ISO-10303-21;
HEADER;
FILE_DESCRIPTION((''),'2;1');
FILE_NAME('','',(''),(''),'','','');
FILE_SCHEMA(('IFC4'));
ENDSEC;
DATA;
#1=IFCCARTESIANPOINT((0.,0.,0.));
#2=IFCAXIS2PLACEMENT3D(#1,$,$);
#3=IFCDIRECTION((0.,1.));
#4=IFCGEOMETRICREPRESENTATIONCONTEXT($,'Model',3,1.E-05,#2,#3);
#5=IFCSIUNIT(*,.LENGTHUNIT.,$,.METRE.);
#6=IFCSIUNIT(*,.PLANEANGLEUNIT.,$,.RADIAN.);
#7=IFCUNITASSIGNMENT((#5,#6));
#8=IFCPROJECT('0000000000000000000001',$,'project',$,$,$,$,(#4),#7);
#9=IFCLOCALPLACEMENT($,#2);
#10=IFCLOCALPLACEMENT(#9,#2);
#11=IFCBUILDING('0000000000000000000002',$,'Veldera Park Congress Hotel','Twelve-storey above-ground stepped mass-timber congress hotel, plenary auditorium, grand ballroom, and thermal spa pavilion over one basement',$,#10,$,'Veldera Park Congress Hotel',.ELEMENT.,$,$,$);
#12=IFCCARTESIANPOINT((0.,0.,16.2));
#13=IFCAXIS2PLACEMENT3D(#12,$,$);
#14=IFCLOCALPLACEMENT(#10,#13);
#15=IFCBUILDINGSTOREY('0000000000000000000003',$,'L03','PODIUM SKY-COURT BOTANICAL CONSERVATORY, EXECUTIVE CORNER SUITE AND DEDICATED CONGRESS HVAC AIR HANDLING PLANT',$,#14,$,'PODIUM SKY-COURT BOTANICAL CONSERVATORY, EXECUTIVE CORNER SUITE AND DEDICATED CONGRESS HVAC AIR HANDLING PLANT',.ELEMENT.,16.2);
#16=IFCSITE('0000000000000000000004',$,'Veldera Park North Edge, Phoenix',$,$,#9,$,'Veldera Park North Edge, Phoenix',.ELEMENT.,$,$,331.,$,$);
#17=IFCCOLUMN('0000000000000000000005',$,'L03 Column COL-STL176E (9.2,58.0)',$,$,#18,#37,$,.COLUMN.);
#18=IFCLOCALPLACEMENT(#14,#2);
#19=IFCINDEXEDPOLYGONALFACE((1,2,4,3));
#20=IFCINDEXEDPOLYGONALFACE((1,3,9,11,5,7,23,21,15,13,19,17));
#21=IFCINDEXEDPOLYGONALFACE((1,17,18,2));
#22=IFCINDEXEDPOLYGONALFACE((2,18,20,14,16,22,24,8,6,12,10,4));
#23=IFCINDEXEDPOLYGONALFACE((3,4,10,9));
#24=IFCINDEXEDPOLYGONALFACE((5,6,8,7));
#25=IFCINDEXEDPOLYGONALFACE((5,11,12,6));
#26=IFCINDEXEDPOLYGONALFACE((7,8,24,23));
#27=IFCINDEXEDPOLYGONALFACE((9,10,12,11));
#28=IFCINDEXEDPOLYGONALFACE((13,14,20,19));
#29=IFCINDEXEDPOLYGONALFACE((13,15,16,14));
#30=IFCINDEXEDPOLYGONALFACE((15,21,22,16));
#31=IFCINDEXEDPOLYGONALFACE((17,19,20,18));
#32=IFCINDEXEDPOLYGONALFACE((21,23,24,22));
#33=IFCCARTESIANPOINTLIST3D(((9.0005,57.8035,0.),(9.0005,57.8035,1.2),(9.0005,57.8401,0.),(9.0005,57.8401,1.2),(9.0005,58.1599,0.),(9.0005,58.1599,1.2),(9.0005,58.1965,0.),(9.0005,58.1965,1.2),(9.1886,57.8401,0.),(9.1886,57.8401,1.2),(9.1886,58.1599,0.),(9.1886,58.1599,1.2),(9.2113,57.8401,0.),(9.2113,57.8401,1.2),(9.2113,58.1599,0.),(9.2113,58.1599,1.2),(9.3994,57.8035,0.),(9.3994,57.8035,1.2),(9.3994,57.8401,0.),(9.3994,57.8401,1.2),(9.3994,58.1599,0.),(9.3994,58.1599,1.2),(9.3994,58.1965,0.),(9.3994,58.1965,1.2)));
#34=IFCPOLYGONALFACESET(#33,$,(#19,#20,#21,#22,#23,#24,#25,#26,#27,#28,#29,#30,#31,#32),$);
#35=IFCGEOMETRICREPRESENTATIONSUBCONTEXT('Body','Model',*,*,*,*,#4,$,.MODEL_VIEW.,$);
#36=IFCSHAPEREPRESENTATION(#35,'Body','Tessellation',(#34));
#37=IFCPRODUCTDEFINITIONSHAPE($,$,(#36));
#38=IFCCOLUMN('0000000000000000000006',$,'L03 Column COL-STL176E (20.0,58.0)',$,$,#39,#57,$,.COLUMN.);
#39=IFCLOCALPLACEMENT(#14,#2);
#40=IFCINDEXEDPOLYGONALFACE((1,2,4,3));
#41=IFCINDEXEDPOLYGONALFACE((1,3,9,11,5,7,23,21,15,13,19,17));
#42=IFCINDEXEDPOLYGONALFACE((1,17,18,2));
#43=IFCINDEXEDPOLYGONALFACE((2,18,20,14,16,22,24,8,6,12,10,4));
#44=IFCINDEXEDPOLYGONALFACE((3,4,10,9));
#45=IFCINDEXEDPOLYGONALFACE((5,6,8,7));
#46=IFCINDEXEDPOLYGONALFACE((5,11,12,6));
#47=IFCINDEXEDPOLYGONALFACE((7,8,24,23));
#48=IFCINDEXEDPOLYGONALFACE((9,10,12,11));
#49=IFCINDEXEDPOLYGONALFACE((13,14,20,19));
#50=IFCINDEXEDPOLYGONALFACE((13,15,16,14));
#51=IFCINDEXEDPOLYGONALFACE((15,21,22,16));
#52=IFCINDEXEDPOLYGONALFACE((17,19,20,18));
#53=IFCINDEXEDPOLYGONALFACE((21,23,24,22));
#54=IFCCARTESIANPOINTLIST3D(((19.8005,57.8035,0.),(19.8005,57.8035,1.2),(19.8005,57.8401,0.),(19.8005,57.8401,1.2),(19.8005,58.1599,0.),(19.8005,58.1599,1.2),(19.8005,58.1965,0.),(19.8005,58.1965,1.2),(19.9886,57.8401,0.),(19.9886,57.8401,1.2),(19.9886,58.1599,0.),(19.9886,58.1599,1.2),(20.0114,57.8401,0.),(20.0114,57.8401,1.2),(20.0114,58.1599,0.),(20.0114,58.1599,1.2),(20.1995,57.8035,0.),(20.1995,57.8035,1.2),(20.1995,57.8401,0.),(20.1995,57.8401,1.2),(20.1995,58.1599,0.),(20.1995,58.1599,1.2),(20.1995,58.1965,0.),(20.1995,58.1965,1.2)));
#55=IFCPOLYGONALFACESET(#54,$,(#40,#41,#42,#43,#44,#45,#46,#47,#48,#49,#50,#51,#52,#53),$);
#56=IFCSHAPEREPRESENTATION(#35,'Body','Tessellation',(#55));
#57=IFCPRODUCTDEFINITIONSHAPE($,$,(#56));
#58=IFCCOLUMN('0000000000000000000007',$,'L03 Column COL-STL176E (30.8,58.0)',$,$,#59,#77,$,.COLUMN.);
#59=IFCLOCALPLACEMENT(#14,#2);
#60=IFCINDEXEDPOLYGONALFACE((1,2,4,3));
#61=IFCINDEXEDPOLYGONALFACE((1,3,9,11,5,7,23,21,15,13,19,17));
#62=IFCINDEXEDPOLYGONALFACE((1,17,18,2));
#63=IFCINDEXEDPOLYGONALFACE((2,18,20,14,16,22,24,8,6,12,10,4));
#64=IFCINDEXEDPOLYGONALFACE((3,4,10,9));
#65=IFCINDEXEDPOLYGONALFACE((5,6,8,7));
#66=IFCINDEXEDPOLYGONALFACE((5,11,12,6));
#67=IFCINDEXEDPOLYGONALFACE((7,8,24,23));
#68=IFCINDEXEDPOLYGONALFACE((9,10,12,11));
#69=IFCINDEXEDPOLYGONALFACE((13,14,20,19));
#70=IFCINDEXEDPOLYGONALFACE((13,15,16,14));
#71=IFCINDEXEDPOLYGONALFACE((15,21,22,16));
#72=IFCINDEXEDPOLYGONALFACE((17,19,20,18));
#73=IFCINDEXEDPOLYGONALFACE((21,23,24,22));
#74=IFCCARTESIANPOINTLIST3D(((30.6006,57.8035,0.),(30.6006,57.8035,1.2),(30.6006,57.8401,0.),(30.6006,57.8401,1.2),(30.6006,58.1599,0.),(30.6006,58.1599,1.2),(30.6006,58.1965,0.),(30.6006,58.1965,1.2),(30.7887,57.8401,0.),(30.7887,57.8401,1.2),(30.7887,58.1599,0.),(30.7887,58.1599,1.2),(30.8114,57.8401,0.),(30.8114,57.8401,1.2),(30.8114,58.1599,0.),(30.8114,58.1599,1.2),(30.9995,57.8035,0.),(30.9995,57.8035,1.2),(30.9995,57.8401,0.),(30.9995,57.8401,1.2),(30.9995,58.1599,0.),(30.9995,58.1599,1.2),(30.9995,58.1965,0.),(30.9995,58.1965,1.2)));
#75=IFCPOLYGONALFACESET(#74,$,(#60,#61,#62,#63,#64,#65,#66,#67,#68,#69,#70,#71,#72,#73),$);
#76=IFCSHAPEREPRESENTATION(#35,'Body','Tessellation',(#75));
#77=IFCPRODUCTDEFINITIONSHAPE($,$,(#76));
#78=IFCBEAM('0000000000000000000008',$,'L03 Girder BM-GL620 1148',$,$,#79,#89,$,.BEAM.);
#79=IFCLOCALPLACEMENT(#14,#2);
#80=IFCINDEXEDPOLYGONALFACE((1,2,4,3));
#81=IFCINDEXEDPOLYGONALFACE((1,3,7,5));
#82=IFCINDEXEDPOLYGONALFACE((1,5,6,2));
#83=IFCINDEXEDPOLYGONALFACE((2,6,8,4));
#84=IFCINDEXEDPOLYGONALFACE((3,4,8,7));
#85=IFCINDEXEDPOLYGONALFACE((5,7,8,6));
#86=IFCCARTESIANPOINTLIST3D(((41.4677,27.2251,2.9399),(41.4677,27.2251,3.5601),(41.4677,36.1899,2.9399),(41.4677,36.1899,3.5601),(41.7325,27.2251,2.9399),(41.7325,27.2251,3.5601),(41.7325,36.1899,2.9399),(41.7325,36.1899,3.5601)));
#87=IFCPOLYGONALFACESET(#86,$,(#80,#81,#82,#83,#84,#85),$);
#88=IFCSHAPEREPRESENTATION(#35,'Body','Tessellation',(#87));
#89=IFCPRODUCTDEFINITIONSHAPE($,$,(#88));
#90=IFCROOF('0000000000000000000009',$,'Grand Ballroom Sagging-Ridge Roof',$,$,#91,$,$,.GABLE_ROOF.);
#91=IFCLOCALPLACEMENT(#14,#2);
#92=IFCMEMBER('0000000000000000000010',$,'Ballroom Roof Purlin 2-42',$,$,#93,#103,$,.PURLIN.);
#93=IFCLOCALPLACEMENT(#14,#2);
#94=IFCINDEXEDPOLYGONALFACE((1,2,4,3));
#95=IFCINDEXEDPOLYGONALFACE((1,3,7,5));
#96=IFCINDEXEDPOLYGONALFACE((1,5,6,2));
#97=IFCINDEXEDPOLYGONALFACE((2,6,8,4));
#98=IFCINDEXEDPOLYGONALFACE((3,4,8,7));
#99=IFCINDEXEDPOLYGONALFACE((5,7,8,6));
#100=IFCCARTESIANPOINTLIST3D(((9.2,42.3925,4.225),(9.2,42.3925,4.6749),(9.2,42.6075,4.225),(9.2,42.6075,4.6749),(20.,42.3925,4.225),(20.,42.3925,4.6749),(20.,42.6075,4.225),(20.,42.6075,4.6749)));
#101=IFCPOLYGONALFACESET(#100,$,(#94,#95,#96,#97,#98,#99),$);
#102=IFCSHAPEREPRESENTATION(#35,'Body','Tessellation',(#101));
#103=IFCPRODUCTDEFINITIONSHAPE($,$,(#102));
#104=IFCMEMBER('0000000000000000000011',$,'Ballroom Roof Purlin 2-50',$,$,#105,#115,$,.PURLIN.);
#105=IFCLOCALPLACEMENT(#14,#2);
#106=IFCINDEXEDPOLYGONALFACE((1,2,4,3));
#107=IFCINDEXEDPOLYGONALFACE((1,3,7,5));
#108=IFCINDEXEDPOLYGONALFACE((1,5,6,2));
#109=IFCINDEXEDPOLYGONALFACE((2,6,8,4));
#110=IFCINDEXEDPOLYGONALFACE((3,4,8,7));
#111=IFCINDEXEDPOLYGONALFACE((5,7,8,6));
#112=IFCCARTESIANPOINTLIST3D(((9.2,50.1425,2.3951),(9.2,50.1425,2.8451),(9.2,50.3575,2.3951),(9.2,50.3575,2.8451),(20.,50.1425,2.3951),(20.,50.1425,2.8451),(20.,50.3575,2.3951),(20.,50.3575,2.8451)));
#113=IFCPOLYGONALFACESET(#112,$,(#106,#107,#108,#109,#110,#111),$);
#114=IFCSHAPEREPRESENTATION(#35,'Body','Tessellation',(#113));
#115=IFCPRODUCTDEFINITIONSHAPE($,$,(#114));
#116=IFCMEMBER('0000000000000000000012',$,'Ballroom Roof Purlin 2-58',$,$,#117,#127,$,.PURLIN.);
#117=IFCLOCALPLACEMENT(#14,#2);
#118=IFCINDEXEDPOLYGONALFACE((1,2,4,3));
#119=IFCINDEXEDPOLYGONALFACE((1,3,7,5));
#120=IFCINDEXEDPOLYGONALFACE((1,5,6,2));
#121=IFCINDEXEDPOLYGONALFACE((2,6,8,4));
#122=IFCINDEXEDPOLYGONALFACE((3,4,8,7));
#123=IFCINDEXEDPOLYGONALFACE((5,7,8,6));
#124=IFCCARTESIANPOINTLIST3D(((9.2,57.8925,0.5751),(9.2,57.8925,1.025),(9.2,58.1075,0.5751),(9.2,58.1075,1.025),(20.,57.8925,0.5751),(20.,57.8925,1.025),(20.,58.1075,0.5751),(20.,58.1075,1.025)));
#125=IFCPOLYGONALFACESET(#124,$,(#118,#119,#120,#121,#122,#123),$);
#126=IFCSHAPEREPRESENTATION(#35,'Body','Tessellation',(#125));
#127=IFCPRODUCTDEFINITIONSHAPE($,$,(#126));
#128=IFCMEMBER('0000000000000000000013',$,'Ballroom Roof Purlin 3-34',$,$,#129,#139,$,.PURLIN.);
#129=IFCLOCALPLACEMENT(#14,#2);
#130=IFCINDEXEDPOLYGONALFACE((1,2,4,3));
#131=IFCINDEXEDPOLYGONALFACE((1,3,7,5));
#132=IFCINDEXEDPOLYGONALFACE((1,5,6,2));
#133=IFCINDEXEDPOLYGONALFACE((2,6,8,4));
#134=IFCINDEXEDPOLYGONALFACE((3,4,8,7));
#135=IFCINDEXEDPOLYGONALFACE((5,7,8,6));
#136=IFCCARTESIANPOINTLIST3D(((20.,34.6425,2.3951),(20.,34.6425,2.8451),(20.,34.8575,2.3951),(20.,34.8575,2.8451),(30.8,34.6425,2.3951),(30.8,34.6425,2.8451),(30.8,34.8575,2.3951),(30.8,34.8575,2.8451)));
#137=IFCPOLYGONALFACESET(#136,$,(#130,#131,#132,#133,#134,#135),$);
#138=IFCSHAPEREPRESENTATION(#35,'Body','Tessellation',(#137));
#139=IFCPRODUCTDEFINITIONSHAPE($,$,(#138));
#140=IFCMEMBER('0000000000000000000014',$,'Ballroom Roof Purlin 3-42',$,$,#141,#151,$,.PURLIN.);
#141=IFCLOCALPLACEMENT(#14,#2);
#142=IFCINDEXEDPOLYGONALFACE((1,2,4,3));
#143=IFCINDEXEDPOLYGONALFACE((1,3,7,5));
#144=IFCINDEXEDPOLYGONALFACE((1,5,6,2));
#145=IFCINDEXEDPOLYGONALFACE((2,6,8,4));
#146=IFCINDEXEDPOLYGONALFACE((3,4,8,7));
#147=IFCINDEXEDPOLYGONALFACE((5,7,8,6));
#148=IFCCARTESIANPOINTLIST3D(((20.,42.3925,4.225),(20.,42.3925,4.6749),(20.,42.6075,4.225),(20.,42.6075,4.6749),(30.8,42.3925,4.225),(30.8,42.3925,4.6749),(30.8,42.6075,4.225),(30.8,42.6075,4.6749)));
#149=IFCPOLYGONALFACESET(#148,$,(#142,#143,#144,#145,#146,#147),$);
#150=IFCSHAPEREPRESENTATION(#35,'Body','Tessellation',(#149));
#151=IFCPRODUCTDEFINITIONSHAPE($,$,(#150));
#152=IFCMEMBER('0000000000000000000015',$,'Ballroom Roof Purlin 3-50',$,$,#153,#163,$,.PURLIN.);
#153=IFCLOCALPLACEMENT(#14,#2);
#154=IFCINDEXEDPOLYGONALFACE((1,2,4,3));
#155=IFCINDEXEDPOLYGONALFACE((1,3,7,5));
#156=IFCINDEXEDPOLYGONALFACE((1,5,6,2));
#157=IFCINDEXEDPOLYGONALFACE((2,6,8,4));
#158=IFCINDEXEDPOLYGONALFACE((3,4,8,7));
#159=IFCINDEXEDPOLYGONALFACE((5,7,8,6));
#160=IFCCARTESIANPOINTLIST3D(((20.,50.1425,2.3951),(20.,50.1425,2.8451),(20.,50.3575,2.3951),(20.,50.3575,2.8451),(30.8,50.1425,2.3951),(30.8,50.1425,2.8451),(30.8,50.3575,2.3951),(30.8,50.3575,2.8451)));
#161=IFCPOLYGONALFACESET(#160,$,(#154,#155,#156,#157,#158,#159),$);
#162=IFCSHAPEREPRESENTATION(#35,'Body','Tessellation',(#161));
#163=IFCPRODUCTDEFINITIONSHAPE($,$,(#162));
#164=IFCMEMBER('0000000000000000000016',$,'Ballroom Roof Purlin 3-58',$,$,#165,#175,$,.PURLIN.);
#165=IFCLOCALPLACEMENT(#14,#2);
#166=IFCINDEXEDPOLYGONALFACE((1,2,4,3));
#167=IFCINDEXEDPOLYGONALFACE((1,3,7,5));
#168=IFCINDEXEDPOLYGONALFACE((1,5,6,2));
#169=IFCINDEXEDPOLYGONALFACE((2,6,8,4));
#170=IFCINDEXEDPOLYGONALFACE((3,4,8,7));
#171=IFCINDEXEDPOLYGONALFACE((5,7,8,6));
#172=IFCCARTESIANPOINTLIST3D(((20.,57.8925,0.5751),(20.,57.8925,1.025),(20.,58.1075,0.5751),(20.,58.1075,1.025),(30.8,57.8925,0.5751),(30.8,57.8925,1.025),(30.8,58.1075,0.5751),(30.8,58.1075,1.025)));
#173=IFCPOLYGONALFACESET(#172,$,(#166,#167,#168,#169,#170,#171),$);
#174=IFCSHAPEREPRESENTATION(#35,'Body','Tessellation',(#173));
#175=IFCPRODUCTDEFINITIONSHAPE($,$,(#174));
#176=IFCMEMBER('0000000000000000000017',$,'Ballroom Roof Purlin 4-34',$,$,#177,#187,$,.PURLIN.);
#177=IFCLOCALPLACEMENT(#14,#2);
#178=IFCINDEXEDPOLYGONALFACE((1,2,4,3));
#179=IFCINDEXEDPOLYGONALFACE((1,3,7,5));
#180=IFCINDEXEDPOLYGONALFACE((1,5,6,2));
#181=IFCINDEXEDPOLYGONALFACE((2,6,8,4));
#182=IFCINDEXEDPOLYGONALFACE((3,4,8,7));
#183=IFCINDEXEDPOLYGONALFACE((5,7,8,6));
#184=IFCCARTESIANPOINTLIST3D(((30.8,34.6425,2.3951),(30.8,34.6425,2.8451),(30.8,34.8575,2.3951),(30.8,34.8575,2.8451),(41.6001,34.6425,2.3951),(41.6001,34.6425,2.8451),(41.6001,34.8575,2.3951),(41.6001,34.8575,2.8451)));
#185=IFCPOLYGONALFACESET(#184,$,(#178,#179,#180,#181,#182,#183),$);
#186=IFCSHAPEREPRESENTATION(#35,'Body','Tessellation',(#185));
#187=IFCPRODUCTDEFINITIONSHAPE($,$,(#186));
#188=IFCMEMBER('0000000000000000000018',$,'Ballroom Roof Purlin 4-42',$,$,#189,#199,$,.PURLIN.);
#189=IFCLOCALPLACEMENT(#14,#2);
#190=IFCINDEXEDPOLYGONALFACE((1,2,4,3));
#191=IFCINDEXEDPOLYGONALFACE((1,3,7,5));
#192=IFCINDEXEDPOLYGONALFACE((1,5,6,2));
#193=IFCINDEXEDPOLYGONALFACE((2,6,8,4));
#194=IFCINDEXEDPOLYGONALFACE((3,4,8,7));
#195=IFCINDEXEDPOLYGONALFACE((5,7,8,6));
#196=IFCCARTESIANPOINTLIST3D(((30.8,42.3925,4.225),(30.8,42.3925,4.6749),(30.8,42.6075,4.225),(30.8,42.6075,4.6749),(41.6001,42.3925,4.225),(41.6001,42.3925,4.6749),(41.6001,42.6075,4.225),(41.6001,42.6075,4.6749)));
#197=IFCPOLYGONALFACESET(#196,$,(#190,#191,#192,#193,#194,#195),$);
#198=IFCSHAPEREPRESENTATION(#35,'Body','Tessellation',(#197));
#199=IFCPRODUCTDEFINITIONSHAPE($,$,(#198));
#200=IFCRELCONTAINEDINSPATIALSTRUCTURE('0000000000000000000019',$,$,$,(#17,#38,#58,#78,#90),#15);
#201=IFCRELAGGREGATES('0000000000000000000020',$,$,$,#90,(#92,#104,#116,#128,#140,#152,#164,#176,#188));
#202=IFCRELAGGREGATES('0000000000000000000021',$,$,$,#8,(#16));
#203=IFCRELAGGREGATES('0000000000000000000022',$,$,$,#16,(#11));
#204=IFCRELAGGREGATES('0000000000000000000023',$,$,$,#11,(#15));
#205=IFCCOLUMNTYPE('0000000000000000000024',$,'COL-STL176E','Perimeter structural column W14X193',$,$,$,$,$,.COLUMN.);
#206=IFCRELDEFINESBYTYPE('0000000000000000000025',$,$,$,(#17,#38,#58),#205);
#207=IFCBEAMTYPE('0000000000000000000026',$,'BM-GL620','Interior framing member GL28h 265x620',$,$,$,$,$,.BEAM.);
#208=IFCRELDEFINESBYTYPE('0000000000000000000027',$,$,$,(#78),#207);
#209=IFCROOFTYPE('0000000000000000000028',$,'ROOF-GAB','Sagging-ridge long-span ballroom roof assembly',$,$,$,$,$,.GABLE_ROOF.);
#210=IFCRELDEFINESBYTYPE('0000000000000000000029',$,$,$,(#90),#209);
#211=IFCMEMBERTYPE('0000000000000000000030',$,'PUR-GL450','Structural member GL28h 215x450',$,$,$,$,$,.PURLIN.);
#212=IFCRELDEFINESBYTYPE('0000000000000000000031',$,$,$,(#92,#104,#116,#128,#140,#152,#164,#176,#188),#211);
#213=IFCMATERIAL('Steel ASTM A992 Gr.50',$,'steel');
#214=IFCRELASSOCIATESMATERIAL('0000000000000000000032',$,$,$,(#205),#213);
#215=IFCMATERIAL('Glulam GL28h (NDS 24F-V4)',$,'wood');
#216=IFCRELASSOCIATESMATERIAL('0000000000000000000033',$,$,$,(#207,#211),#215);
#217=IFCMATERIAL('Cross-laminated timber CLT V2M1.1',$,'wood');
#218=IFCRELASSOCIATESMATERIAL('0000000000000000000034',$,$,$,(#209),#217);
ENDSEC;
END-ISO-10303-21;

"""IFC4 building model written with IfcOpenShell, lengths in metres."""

from ifc_helpers import new_model, si_unit, direction, frame, origin, origin_2d, place, context, subcontext, project, spatial, rectangle, i_section, extrude, material, material_profile, profile_set, type_object, element, aggregate, save


model = new_model("IFC4")

# Units and contexts
model_context = context("Model", 3, precision=1e-05, world=origin(), true_north=direction((0.0, 1.0)))
body_context = subcontext(model_context, "Body", "Model", "MODEL_VIEW")
ifc_project = project(units=[si_unit("LENGTHUNIT", "METRE"), si_unit("PLANEANGLEUNIT", "RADIAN")], contexts=[model_context])

# Site, building, storey
site_placement = place(None, origin())
site = spatial("IfcSite", under=ifc_project, at=site_placement, Name="Veldera Park North Edge, Phoenix", LongName="Veldera Park North Edge, Phoenix", CompositionType="ELEMENT", RefElevation=331.0)
building_placement = place(site_placement, origin())
building = spatial("IfcBuilding", under=site, at=building_placement, Name="Veldera Park Congress Hotel", Description="Twelve-storey above-ground stepped mass-timber congress hotel, plenary auditorium, grand ballroom, and thermal spa pavilion over one basement", LongName="Veldera Park Congress Hotel", CompositionType="ELEMENT")
storey_placement = place(building_placement, frame((0.0, 0.0, 16.2)))
storey = spatial("IfcBuildingStorey", under=building, at=storey_placement, Name="L03", Description="PODIUM SKY-COURT BOTANICAL CONSERVATORY, EXECUTIVE CORNER SUITE AND DEDICATED CONGRESS HVAC AIR HANDLING PLANT", LongName="PODIUM SKY-COURT BOTANICAL CONSERVATORY, EXECUTIVE CORNER SUITE AND DEDICATED CONGRESS HVAC AIR HANDLING PLANT", CompositionType="ELEMENT", Elevation=16.2)

# Columns
ifc_material_1 = material(Name="Steel ASTM A992 Gr.50", Category="steel")
ifc_material_profile_1 = material_profile(ifc_material_1, i_section(OverallWidth=0.3989, OverallDepth=0.3931, WebThickness=0.0227, FlangeThickness=0.0366, at=origin_2d()), Name="W14X193")
ifc_profile_set_1 = profile_set([ifc_material_profile_1], Name="Steel ASTM A992 Gr.50")
column_type = type_object("IfcColumnType", Name="COL-STL176E", Description="Perimeter structural column W14X193", PredefinedType="COLUMN", material=ifc_profile_set_1)
for number, where, z_axis, x_axis, name in (
    (1, (9.2, 58.0, 0.0), (0.0, 0.0, 1.0), (1.0, 0.0, 0.0), "L03 Column COL-STL176E (9.2,58.0)"),
    (2, (20.0, 58.0, 0.0), (0.0, 0.0, 1.0), (1.0, 0.0, 0.0), "L03 Column COL-STL176E (20.0,58.0)"),
    (3, (30.8, 58.0, 0.0), (0.0, 0.0, 1.0), (1.0, 0.0, 0.0), "L03 Column COL-STL176E (30.8,58.0)"),
):
    element("IfcColumn", number, at=place(storey_placement, frame(where, z_axis=z_axis, x_axis=x_axis)), inside=storey, type_object=column_type, Name=name, PredefinedType="COLUMN", context=body_context, shape_type="SweptSolid", body=[
        extrude(i_section(OverallWidth=0.3989, OverallDepth=0.3931, WebThickness=0.0227, FlangeThickness=0.0366, at=origin_2d()), origin(), (0.0, 0.0, 1.0), 1.2),
    ])

# Beam
ifc_material_2 = material(Name="Glulam GL28h (NDS 24F-V4)", Category="wood")
ifc_material_profile_2 = material_profile(ifc_material_2, rectangle(XDim=0.2649, YDim=0.6201, at=origin_2d()), Name="GL28h 265x620")
ifc_profile_set_2 = profile_set([ifc_material_profile_2], Name="Glulam GL28h (NDS 24F-V4)")
beam_type = type_object("IfcBeamType", Name="BM-GL620", Description="Interior framing member GL28h 265x620", PredefinedType="BEAM", material=ifc_profile_set_2)
beam_placement = place(storey_placement, frame((41.6001, 27.2251, 3.25), z_axis=(0.0, 1.0, 0.0), x_axis=(-1.0, 0.0, 0.0)))
element("IfcBeam", 4, at=beam_placement, inside=storey, type_object=beam_type, Name="L03 Girder BM-GL620 1148", PredefinedType="BEAM", context=body_context, shape_type="SweptSolid", body=[
    extrude(rectangle(XDim=0.2649, YDim=0.6201, at=origin_2d()), origin(), (0.0, 0.0, 1.0), 8.9648),
])

# Roof, members
ifc_material_3 = material(Name="Cross-laminated timber CLT V2M1.1", Category="wood")
roof_type = type_object("IfcRoofType", Name="ROOF-GAB", Description="Sagging-ridge long-span ballroom roof assembly", PredefinedType="GABLE_ROOF", material=ifc_material_3)
roof_placement = place(storey_placement, origin())
roof = element("IfcRoof", 5, at=roof_placement, inside=storey, type_object=roof_type, Name="Grand Ballroom Sagging-Ridge Roof", PredefinedType="GABLE_ROOF")
ifc_material_profile_3 = material_profile(ifc_material_2, rectangle(XDim=0.2151, YDim=0.45, at=origin_2d()), Name="GL28h 215x450")
ifc_profile_set_3 = profile_set([ifc_material_profile_3], Name="Glulam GL28h (NDS 24F-V4)")
member_type_1 = type_object("IfcMemberType", Name="PUR-GL450", Description="Structural member GL28h 215x450", PredefinedType="PURLIN", material=ifc_profile_set_3)
member_1_placement = place(storey_placement, frame((9.2, 42.5, 4.45), z_axis=(1.0, 0.0, 0.0), x_axis=(0.0, 1.0, 0.0)))
member_1 = element("IfcMember", 6, at=member_1_placement, type_object=member_type_1, Name="Ballroom Roof Purlin 2-42", PredefinedType="PURLIN", context=body_context, shape_type="SweptSolid", body=[
    extrude(rectangle(XDim=0.2151, YDim=0.45, at=origin_2d()), origin(), (0.0, 0.0, 1.0), 10.8),
])
member_2_placement = place(storey_placement, frame((9.2, 50.25, 2.6201), z_axis=(1.0, 0.0, 0.0), x_axis=(0.0, 1.0, 0.0)))
member_2 = element("IfcMember", 7, at=member_2_placement, type_object=member_type_1, Name="Ballroom Roof Purlin 2-50", PredefinedType="PURLIN", context=body_context, shape_type="SweptSolid", body=[
    extrude(rectangle(XDim=0.2151, YDim=0.45, at=origin_2d()), origin(), (0.0, 0.0, 1.0), 10.8),
])
member_3_placement = place(storey_placement, frame((9.2, 58.0, 0.8), z_axis=(1.0, 0.0, 0.0), x_axis=(0.0, 1.0, 0.0)))
member_3 = element("IfcMember", 8, at=member_3_placement, type_object=member_type_1, Name="Ballroom Roof Purlin 2-58", PredefinedType="PURLIN", context=body_context, shape_type="SweptSolid", body=[
    extrude(rectangle(XDim=0.2151, YDim=0.45, at=origin_2d()), origin(), (0.0, 0.0, 1.0), 10.8),
])
member_4_placement = place(storey_placement, frame((20.0, 34.75, 2.6201), z_axis=(1.0, 0.0, 0.0), x_axis=(0.0, 1.0, 0.0)))
member_4 = element("IfcMember", 9, at=member_4_placement, type_object=member_type_1, Name="Ballroom Roof Purlin 3-34", PredefinedType="PURLIN", context=body_context, shape_type="SweptSolid", body=[
    extrude(rectangle(XDim=0.2151, YDim=0.45, at=origin_2d()), origin(), (0.0, 0.0, 1.0), 10.8),
])
member_5_placement = place(storey_placement, frame((20.0, 42.5, 4.45), z_axis=(1.0, 0.0, 0.0), x_axis=(0.0, 1.0, 0.0)))
member_5 = element("IfcMember", 10, at=member_5_placement, type_object=member_type_1, Name="Ballroom Roof Purlin 3-42", PredefinedType="PURLIN", context=body_context, shape_type="SweptSolid", body=[
    extrude(rectangle(XDim=0.2151, YDim=0.45, at=origin_2d()), origin(), (0.0, 0.0, 1.0), 10.8),
])
member_6_placement = place(storey_placement, frame((20.0, 50.25, 2.6201), z_axis=(1.0, 0.0, 0.0), x_axis=(0.0, 1.0, 0.0)))
member_6 = element("IfcMember", 11, at=member_6_placement, type_object=member_type_1, Name="Ballroom Roof Purlin 3-50", PredefinedType="PURLIN", context=body_context, shape_type="SweptSolid", body=[
    extrude(rectangle(XDim=0.2151, YDim=0.45, at=origin_2d()), origin(), (0.0, 0.0, 1.0), 10.8),
])
member_7_placement = place(storey_placement, frame((20.0, 58.0, 0.8), z_axis=(1.0, 0.0, 0.0), x_axis=(0.0, 1.0, 0.0)))
member_7 = element("IfcMember", 12, at=member_7_placement, type_object=member_type_1, Name="Ballroom Roof Purlin 3-58", PredefinedType="PURLIN", context=body_context, shape_type="SweptSolid", body=[
    extrude(rectangle(XDim=0.2151, YDim=0.45, at=origin_2d()), origin(), (0.0, 0.0, 1.0), 10.8),
])
member_8_placement = place(storey_placement, frame((30.8, 34.75, 2.6201), z_axis=(1.0, 0.0, 0.0), x_axis=(0.0, 1.0, 0.0)))
member_8 = element("IfcMember", 13, at=member_8_placement, type_object=member_type_1, Name="Ballroom Roof Purlin 4-34", PredefinedType="PURLIN", context=body_context, shape_type="SweptSolid", body=[
    extrude(rectangle(XDim=0.2151, YDim=0.45, at=origin_2d()), origin(), (0.0, 0.0, 1.0), 10.8),
])
member_9_placement = place(storey_placement, frame((30.8, 42.5, 4.45), z_axis=(1.0, 0.0, 0.0), x_axis=(0.0, 1.0, 0.0)))
member_9 = element("IfcMember", 14, at=member_9_placement, type_object=member_type_1, Name="Ballroom Roof Purlin 4-42", PredefinedType="PURLIN", context=body_context, shape_type="SweptSolid", body=[
    extrude(rectangle(XDim=0.2151, YDim=0.45, at=origin_2d()), origin(), (0.0, 0.0, 1.0), 10.8),
])
aggregate(roof, [member_1, member_2, member_3, member_4, member_5, member_6, member_7, member_8, member_9])

save(model, "model.ifc")
